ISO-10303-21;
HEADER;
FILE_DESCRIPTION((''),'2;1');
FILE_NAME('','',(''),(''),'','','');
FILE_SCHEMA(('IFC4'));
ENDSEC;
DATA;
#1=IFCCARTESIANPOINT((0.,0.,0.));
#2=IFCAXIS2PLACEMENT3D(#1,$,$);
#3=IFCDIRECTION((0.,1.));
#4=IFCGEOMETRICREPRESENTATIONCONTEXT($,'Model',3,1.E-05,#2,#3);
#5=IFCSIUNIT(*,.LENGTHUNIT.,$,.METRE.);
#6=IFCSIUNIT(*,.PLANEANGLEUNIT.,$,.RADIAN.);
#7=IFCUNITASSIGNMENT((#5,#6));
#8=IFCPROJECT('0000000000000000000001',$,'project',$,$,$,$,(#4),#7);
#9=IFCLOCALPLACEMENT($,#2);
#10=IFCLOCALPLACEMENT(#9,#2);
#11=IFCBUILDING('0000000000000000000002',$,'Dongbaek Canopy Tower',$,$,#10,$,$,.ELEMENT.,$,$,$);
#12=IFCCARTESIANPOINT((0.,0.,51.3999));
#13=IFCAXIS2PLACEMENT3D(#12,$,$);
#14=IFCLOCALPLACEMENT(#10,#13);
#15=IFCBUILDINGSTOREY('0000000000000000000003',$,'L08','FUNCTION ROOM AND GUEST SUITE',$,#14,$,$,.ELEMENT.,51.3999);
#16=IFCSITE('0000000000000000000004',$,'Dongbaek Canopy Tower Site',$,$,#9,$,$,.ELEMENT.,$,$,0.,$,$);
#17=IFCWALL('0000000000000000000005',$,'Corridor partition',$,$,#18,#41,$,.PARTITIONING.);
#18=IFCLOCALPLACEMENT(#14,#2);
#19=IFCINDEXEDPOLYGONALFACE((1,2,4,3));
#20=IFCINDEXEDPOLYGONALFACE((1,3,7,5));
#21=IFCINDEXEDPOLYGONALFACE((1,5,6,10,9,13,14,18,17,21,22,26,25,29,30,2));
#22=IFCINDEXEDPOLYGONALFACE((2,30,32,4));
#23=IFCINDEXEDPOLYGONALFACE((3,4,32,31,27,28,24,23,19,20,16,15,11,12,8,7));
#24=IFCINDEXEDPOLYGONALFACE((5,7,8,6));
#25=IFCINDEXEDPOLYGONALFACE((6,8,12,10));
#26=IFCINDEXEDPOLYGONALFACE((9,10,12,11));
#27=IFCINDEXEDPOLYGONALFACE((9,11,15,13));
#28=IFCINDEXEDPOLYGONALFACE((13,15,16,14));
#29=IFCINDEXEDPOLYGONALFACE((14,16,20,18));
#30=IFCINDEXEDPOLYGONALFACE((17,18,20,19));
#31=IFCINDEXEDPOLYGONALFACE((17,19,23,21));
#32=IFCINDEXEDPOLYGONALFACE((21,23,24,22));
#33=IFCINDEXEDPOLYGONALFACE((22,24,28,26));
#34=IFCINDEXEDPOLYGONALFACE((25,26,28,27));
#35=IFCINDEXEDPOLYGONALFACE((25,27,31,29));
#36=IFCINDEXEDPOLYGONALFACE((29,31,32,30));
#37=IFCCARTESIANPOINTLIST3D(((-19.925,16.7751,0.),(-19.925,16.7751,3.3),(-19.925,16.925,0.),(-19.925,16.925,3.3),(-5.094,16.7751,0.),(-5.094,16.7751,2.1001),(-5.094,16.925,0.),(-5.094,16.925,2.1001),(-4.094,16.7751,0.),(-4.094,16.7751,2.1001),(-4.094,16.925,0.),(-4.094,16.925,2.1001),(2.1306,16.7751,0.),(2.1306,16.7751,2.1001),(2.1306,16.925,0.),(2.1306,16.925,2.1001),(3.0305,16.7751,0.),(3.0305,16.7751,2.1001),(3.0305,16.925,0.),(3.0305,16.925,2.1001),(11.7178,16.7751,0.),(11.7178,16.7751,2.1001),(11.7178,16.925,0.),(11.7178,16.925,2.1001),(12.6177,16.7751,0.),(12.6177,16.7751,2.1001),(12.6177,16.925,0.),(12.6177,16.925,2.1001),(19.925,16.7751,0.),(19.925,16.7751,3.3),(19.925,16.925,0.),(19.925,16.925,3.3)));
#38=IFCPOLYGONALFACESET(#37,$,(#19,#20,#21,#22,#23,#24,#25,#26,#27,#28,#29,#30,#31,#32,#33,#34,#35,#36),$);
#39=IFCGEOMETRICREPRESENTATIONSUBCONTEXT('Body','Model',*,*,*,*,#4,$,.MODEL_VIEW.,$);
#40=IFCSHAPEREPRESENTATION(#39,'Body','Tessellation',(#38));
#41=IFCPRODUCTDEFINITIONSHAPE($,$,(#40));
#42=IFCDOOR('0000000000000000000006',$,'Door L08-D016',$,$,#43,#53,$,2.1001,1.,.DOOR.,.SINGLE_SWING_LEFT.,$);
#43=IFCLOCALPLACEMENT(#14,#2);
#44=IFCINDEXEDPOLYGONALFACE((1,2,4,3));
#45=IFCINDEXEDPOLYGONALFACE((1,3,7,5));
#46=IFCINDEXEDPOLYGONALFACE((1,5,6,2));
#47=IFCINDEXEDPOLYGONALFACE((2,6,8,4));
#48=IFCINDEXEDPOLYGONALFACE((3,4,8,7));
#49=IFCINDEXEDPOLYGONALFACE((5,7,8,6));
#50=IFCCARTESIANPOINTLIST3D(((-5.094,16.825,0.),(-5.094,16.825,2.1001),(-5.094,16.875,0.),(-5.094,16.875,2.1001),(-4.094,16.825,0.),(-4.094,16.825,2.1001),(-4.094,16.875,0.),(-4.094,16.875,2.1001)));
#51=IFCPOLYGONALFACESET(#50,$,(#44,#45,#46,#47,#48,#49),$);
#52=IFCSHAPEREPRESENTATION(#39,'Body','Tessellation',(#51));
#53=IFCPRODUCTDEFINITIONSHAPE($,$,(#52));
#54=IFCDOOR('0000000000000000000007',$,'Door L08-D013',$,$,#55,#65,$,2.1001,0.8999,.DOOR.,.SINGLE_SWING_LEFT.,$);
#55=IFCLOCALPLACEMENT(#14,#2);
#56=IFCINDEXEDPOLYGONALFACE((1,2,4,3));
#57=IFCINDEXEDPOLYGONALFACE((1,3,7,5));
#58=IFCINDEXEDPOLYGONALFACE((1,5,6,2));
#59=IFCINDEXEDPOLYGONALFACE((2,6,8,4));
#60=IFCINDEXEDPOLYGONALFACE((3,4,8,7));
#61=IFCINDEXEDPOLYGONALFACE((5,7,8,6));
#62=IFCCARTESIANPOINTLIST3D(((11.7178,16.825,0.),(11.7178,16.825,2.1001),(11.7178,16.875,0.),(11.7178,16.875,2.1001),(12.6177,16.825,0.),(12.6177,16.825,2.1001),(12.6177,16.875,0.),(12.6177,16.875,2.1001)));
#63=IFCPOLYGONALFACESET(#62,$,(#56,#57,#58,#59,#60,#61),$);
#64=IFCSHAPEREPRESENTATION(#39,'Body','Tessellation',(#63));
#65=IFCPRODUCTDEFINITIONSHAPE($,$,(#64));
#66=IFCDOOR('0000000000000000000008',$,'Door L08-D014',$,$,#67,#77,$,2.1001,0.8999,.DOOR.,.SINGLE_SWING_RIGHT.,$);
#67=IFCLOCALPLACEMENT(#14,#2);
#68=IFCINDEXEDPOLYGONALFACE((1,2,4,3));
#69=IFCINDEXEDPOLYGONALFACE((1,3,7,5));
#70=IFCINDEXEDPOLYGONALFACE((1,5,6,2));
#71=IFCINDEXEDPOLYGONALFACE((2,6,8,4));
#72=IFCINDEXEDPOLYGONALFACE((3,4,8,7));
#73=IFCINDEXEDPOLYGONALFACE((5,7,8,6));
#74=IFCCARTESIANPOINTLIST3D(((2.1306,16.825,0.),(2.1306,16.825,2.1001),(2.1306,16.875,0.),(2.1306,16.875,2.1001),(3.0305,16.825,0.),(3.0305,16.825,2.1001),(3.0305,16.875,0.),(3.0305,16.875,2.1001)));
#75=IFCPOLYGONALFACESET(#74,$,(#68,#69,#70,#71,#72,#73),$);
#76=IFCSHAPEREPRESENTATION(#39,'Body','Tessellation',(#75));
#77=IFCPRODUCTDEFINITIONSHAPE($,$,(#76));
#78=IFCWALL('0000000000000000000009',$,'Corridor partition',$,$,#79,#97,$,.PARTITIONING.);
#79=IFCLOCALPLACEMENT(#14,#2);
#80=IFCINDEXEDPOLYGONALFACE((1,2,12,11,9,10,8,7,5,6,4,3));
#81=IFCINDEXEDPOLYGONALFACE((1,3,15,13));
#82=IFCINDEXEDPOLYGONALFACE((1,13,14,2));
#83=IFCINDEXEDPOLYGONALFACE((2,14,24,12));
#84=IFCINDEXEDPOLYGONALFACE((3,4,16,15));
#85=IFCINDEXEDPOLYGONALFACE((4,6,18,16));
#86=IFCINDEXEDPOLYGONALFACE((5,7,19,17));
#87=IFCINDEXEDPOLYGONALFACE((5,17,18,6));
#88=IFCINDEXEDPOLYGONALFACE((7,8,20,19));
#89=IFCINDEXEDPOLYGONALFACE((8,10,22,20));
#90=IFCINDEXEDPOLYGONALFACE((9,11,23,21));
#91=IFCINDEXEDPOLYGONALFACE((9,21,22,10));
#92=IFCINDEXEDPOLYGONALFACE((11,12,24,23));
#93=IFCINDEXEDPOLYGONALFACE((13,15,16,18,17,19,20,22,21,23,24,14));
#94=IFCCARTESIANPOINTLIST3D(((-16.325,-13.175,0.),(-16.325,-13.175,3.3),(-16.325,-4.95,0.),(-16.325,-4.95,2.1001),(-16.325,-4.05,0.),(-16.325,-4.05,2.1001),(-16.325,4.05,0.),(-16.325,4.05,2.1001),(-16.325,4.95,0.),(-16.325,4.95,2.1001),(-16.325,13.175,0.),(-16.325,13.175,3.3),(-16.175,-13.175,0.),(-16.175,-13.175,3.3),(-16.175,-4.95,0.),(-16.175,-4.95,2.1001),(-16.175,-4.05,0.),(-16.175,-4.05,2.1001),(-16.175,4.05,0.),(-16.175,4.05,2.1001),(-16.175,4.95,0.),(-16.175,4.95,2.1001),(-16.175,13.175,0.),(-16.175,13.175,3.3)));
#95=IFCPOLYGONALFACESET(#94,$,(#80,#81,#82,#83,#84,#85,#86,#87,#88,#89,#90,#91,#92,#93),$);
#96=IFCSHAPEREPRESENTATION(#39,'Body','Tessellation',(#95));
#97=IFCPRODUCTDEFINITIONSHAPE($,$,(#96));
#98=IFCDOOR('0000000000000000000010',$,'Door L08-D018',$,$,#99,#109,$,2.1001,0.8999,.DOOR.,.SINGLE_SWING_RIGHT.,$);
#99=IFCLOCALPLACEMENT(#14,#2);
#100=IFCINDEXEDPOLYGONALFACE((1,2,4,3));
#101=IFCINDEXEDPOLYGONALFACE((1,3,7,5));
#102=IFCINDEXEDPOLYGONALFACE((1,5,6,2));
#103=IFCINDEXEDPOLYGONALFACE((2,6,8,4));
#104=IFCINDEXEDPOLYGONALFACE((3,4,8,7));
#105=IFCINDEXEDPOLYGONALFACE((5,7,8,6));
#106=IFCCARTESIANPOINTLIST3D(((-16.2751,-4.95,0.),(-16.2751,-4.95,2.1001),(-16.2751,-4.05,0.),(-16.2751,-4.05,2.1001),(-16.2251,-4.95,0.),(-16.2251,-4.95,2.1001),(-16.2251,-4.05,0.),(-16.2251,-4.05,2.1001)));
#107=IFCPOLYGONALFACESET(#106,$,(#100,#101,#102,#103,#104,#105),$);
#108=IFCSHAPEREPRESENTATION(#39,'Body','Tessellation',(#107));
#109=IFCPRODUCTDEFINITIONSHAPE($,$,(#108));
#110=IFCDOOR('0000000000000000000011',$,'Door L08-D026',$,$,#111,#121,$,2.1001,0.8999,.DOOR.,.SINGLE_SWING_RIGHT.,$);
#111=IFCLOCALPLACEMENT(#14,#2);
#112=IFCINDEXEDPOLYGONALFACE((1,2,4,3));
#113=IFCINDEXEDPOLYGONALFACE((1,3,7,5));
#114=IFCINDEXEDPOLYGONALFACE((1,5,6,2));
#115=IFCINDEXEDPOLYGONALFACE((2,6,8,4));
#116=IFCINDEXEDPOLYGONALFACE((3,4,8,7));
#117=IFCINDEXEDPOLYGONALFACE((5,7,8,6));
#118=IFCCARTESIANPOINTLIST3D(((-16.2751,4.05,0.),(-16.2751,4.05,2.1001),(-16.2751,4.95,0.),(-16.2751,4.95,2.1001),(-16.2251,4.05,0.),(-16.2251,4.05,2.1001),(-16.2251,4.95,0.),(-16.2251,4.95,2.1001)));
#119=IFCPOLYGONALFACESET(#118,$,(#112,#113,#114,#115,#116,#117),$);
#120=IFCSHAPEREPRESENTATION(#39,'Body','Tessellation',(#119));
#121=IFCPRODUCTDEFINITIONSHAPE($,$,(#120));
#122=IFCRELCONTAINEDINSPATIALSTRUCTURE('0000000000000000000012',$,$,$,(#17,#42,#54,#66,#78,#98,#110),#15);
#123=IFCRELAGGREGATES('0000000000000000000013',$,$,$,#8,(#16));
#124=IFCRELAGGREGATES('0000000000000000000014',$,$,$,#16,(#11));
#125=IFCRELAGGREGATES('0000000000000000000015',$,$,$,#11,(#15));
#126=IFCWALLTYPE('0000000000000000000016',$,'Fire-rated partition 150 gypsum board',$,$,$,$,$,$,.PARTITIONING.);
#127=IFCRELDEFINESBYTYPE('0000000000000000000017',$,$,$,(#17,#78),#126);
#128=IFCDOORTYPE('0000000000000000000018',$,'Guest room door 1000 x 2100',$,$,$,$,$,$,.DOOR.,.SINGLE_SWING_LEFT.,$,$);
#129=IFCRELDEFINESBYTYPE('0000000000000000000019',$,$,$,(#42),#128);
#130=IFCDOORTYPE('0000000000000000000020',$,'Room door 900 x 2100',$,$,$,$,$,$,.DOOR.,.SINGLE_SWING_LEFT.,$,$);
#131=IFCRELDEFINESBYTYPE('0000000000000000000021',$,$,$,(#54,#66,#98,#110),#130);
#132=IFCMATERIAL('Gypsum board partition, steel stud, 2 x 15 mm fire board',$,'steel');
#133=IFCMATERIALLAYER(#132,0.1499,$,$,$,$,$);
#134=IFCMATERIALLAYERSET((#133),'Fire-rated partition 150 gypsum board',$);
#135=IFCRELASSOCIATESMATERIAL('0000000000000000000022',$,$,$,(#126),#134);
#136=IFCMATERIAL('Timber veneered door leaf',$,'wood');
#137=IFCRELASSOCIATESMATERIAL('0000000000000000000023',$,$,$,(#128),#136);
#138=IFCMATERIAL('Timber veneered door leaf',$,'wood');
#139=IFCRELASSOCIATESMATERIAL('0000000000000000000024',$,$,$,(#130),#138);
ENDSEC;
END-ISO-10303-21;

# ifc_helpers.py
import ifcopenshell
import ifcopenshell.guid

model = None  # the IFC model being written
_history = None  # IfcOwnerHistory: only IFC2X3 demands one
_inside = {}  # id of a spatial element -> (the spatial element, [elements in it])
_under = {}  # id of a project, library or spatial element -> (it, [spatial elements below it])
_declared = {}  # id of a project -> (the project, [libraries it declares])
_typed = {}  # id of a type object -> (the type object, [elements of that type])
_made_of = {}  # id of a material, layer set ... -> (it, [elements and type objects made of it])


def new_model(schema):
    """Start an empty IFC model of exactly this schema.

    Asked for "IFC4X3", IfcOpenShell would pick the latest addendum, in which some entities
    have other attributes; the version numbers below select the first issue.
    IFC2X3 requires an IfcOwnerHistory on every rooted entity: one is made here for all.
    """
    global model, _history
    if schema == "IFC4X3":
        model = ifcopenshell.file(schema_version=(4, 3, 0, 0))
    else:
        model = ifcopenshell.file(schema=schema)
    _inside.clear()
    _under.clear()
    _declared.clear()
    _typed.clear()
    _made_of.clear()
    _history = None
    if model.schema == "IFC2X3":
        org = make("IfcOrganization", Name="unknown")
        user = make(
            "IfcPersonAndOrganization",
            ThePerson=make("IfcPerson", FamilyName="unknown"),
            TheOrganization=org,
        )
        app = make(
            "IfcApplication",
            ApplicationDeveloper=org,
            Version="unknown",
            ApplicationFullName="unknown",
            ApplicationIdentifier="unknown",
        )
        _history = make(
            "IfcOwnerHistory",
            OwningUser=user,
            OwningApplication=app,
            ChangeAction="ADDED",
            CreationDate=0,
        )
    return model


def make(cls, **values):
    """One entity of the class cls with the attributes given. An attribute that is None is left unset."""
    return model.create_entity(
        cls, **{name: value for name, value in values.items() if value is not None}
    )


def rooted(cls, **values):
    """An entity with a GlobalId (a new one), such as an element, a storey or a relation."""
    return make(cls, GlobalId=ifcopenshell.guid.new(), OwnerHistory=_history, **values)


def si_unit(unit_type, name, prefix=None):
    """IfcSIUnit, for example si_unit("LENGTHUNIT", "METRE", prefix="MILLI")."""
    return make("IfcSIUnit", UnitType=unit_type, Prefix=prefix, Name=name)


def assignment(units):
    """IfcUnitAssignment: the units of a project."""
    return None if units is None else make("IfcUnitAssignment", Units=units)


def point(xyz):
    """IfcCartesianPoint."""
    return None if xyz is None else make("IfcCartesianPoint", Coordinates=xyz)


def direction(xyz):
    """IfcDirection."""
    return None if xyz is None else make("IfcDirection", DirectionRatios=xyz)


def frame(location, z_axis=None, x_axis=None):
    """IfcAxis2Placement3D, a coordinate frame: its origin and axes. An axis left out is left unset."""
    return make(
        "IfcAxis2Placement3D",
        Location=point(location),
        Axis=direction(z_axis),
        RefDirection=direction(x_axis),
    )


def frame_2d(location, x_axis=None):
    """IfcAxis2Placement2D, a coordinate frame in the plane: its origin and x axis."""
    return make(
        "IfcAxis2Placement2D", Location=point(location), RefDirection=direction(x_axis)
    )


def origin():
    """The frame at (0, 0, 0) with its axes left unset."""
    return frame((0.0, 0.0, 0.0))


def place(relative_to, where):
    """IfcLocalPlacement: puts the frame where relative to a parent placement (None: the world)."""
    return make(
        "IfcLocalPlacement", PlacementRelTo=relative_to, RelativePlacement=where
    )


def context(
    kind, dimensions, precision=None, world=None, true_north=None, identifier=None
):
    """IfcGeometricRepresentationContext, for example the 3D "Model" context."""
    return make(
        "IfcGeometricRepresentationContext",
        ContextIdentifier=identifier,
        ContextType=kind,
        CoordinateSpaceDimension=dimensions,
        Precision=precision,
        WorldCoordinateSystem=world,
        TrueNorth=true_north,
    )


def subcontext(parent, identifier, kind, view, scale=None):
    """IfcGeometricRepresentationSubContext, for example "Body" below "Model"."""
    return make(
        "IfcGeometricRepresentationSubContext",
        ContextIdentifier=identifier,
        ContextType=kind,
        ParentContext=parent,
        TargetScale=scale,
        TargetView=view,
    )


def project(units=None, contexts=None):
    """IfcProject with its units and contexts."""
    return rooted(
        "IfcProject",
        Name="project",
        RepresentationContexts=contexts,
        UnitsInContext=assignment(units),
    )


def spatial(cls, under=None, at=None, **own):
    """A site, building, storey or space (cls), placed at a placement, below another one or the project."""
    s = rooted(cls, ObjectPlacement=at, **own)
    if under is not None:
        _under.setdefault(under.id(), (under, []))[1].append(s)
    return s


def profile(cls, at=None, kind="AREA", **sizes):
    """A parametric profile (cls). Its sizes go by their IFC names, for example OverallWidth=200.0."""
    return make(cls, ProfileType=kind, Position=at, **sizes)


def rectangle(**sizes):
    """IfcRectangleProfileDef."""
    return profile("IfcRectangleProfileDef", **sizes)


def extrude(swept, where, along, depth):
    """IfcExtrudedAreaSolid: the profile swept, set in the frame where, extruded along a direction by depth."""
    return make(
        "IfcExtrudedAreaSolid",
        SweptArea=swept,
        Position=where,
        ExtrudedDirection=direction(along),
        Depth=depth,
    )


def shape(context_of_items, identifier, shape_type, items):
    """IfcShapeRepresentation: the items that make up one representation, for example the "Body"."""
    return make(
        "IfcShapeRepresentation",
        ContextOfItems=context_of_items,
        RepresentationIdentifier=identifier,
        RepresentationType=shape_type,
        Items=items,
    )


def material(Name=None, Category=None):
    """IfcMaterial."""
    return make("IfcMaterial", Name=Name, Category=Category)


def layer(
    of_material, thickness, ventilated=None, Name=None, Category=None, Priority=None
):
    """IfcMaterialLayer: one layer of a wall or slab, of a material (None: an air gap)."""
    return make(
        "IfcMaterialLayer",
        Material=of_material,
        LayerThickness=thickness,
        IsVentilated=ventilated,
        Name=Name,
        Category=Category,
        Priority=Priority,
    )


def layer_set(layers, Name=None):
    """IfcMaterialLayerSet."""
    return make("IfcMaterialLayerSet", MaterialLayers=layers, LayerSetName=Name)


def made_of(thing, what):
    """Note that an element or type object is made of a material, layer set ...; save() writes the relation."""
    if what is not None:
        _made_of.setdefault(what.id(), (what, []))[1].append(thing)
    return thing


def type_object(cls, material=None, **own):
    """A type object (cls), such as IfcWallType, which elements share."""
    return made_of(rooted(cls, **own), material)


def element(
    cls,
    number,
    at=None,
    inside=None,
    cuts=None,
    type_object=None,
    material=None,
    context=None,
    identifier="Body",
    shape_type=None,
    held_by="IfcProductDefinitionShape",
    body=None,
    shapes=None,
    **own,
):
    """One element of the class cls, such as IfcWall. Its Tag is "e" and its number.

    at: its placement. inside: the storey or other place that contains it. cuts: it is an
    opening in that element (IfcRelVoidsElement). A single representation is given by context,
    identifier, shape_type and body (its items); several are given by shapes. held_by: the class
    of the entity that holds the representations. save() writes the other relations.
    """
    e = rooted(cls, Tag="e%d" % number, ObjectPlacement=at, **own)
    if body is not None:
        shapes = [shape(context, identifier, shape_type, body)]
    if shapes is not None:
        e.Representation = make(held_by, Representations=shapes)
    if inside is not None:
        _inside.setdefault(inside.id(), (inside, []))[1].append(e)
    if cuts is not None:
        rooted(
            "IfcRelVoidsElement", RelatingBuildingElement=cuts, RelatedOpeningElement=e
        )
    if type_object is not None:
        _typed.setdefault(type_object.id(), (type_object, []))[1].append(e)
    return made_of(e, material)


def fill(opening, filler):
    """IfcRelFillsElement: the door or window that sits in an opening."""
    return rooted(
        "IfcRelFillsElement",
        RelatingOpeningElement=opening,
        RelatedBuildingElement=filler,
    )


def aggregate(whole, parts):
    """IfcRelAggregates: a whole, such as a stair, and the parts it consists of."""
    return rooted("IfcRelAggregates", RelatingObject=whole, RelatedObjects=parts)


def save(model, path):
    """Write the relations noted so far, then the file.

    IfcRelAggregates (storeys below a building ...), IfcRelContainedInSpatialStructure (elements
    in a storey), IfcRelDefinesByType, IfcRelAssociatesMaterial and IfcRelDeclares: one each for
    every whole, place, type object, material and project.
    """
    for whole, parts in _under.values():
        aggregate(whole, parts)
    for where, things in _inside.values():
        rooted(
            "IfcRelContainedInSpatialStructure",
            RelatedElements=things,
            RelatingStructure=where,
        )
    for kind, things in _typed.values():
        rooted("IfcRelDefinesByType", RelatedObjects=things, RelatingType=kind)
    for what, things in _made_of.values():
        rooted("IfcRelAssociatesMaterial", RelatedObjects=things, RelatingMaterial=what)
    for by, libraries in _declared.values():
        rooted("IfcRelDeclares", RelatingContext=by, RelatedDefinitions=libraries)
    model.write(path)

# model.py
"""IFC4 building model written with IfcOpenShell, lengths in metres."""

from ifc_helpers import new_model, si_unit, direction, frame, frame_2d, origin, place, context, subcontext, project, spatial, rectangle, extrude, material, layer, layer_set, type_object, element, fill, save


model = new_model("IFC4")

# Units and contexts
model_context = context("Model", 3, precision=1e-05, world=origin(), true_north=direction((0.0, 1.0)))
body_context = subcontext(model_context, "Body", "Model", "MODEL_VIEW")
ifc_project = project(units=[si_unit("LENGTHUNIT", "METRE"), si_unit("PLANEANGLEUNIT", "RADIAN")], contexts=[model_context])

# Site, building, storey
site_placement = place(None, origin())
site = spatial("IfcSite", under=ifc_project, at=site_placement, Name="Dongbaek Canopy Tower Site", CompositionType="ELEMENT", RefElevation=0.0)
building_placement = place(site_placement, origin())
building = spatial("IfcBuilding", under=site, at=building_placement, Name="Dongbaek Canopy Tower", CompositionType="ELEMENT")
storey_placement = place(building_placement, frame((0.0, 0.0, 51.3999)))
storey = spatial("IfcBuildingStorey", under=building, at=storey_placement, Name="L08", Description="FUNCTION ROOM AND GUEST SUITE", CompositionType="ELEMENT", Elevation=51.3999)

# Walls, openings, doors
ifc_material_1 = material(Name="Gypsum board partition, steel stud, 2 x 15 mm fire board", Category="steel")
ifc_layer = layer(ifc_material_1, 0.1499)
ifc_layer_set = layer_set([ifc_layer], Name="Fire-rated partition 150 gypsum board")
wall_type = type_object("IfcWallType", Name="Fire-rated partition 150 gypsum board", PredefinedType="PARTITIONING", material=ifc_layer_set)
wall_1_placement = place(storey_placement, frame((-19.925, 16.8501, 0.0), z_axis=(0.0, 0.0, 1.0), x_axis=(1.0, 0.0, 0.0)))
wall_1 = element("IfcWall", 1, at=wall_1_placement, inside=storey, type_object=wall_type, Name="Corridor partition", PredefinedType="PARTITIONING", context=body_context, shape_type="SweptSolid", body=[
    extrude(rectangle(XDim=39.8501, YDim=0.1499, at=frame_2d((19.925, 0.0))), origin(), (0.0, 0.0, 1.0), 3.3),
])
opening_1_placement = place(wall_1_placement, frame((31.6428, 0.0, 0.0)))
opening_1 = element("IfcOpeningElement", 2, at=opening_1_placement, cuts=wall_1, PredefinedType="OPENING", context=body_context, shape_type="SweptSolid", body=[
    extrude(rectangle(XDim=0.8999, YDim=2.1001, at=frame_2d((0.45, 1.05))), frame((0.0, 0.085, 0.0), z_axis=(0.0, -1.0, 0.0), x_axis=(1.0, 0.0, 0.0)), (0.0, 0.0, 1.0), 0.1699),
])
opening_2_placement = place(wall_1_placement, frame((22.0557, 0.0, 0.0)))
opening_2 = element("IfcOpeningElement", 3, at=opening_2_placement, cuts=wall_1, PredefinedType="OPENING", context=body_context, shape_type="SweptSolid", body=[
    extrude(rectangle(XDim=0.8999, YDim=2.1001, at=frame_2d((0.45, 1.05))), frame((0.0, 0.085, 0.0), z_axis=(0.0, -1.0, 0.0), x_axis=(1.0, 0.0, 0.0)), (0.0, 0.0, 1.0), 0.1699),
])
opening_3_placement = place(wall_1_placement, frame((14.8311, 0.0, 0.0)))
opening_3 = element("IfcOpeningElement", 4, at=opening_3_placement, cuts=wall_1, PredefinedType="OPENING", context=body_context, shape_type="SweptSolid", body=[
    extrude(rectangle(XDim=1.0, YDim=2.1001, at=frame_2d((0.5, 1.05))), frame((0.0, 0.085, 0.0), z_axis=(0.0, -1.0, 0.0), x_axis=(1.0, 0.0, 0.0)), (0.0, 0.0, 1.0), 0.1699),
])
ifc_material_2 = material(Name="Timber veneered door leaf", Category="wood")
door_type_1 = type_object("IfcDoorType", Name="Guest room door 1000 x 2100", OperationType="SINGLE_SWING_LEFT", PredefinedType="DOOR", material=ifc_material_2)
door_1_placement = place(opening_3_placement, origin())
door_1 = element("IfcDoor", 5, at=door_1_placement, inside=storey, type_object=door_type_1, Name="Door L08-D016", OperationType="SINGLE_SWING_LEFT", OverallHeight=2.1001, OverallWidth=1.0, PredefinedType="DOOR", context=body_context, shape_type="SweptSolid", body=[
    extrude(rectangle(XDim=1.0, YDim=2.1001, at=frame_2d((0.5, 1.05))), frame((0.0, 0.0249, 0.0), z_axis=(0.0, -1.0, 0.0), x_axis=(1.0, 0.0, 0.0)), (0.0, 0.0, 1.0), 0.05),
])
fill(opening_3, door_1)
ifc_material_3 = material(Name="Timber veneered door leaf", Category="wood")
door_type_2 = type_object("IfcDoorType", Name="Room door 900 x 2100", OperationType="SINGLE_SWING_LEFT", PredefinedType="DOOR", material=ifc_material_3)
door_2_placement = place(opening_1_placement, origin())
door_2 = element("IfcDoor", 6, at=door_2_placement, inside=storey, type_object=door_type_2, Name="Door L08-D013", OperationType="SINGLE_SWING_LEFT", OverallHeight=2.1001, OverallWidth=0.8999, PredefinedType="DOOR", context=body_context, shape_type="SweptSolid", body=[
    extrude(rectangle(XDim=0.8999, YDim=2.1001, at=frame_2d((0.45, 1.05))), frame((0.0, 0.0249, 0.0), z_axis=(0.0, -1.0, 0.0), x_axis=(1.0, 0.0, 0.0)), (0.0, 0.0, 1.0), 0.05),
])
fill(opening_1, door_2)
door_3_placement = place(opening_2_placement, origin())
door_3 = element("IfcDoor", 7, at=door_3_placement, inside=storey, type_object=door_type_2, Name="Door L08-D014", OperationType="SINGLE_SWING_RIGHT", OverallHeight=2.1001, OverallWidth=0.8999, PredefinedType="DOOR", context=body_context, shape_type="SweptSolid", body=[
    extrude(rectangle(XDim=0.8999, YDim=2.1001, at=frame_2d((0.45, 1.05))), frame((0.0, 0.0249, 0.0), z_axis=(0.0, -1.0, 0.0), x_axis=(1.0, 0.0, 0.0)), (0.0, 0.0, 1.0), 0.05),
])
fill(opening_2, door_3)
wall_2_placement = place(storey_placement, frame((-16.25, 13.175, 0.0), z_axis=(0.0, 0.0, 1.0), x_axis=(0.0, -1.0, 0.0)))
wall_2 = element("IfcWall", 8, at=wall_2_placement, inside=storey, type_object=wall_type, Name="Corridor partition", PredefinedType="PARTITIONING", context=body_context, shape_type="SweptSolid", body=[
    extrude(rectangle(XDim=26.3501, YDim=0.1499, at=frame_2d((13.175, 0.0))), origin(), (0.0, 0.0, 1.0), 3.3),
])
opening_4_placement = place(wall_2_placement, frame((17.2251, 0.0, 0.0)))
opening_4 = element("IfcOpeningElement", 9, at=opening_4_placement, cuts=wall_2, PredefinedType="OPENING", context=body_context, shape_type="SweptSolid", body=[
    extrude(rectangle(XDim=0.8999, YDim=2.1001, at=frame_2d((0.45, 1.05))), frame((0.0, 0.085, 0.0), z_axis=(0.0, -1.0, 0.0), x_axis=(1.0, 0.0, 0.0)), (0.0, 0.0, 1.0), 0.1699),
])
opening_5_placement = place(wall_2_placement, frame((8.2251, 0.0, 0.0)))
opening_5 = element("IfcOpeningElement", 10, at=opening_5_placement, cuts=wall_2, PredefinedType="OPENING", context=body_context, shape_type="SweptSolid", body=[
    extrude(rectangle(XDim=0.8999, YDim=2.1001, at=frame_2d((0.45, 1.05))), frame((0.0, 0.085, 0.0), z_axis=(0.0, -1.0, 0.0), x_axis=(1.0, 0.0, 0.0)), (0.0, 0.0, 1.0), 0.1699),
])
door_4_placement = place(opening_4_placement, origin())
door_4 = element("IfcDoor", 11, at=door_4_placement, inside=storey, type_object=door_type_2, Name="Door L08-D018", OperationType="SINGLE_SWING_RIGHT", OverallHeight=2.1001, OverallWidth=0.8999, PredefinedType="DOOR", context=body_context, shape_type="SweptSolid", body=[
    extrude(rectangle(XDim=0.8999, YDim=2.1001, at=frame_2d((0.45, 1.05))), frame((0.0, 0.0249, 0.0), z_axis=(0.0, -1.0, 0.0), x_axis=(1.0, 0.0, 0.0)), (0.0, 0.0, 1.0), 0.05),
])
fill(opening_4, door_4)
door_5_placement = place(opening_5_placement, origin())
door_5 = element("IfcDoor", 12, at=door_5_placement, inside=storey, type_object=door_type_2, Name="Door L08-D026", OperationType="SINGLE_SWING_RIGHT", OverallHeight=2.1001, OverallWidth=0.8999, PredefinedType="DOOR", context=body_context, shape_type="SweptSolid", body=[
    extrude(rectangle(XDim=0.8999, YDim=2.1001, at=frame_2d((0.45, 1.05))), frame((0.0, 0.0249, 0.0), z_axis=(0.0, -1.0, 0.0), x_axis=(1.0, 0.0, 0.0)), (0.0, 0.0, 1.0), 0.05),
])
fill(opening_5, door_5)

save(model, "model.ifc")
